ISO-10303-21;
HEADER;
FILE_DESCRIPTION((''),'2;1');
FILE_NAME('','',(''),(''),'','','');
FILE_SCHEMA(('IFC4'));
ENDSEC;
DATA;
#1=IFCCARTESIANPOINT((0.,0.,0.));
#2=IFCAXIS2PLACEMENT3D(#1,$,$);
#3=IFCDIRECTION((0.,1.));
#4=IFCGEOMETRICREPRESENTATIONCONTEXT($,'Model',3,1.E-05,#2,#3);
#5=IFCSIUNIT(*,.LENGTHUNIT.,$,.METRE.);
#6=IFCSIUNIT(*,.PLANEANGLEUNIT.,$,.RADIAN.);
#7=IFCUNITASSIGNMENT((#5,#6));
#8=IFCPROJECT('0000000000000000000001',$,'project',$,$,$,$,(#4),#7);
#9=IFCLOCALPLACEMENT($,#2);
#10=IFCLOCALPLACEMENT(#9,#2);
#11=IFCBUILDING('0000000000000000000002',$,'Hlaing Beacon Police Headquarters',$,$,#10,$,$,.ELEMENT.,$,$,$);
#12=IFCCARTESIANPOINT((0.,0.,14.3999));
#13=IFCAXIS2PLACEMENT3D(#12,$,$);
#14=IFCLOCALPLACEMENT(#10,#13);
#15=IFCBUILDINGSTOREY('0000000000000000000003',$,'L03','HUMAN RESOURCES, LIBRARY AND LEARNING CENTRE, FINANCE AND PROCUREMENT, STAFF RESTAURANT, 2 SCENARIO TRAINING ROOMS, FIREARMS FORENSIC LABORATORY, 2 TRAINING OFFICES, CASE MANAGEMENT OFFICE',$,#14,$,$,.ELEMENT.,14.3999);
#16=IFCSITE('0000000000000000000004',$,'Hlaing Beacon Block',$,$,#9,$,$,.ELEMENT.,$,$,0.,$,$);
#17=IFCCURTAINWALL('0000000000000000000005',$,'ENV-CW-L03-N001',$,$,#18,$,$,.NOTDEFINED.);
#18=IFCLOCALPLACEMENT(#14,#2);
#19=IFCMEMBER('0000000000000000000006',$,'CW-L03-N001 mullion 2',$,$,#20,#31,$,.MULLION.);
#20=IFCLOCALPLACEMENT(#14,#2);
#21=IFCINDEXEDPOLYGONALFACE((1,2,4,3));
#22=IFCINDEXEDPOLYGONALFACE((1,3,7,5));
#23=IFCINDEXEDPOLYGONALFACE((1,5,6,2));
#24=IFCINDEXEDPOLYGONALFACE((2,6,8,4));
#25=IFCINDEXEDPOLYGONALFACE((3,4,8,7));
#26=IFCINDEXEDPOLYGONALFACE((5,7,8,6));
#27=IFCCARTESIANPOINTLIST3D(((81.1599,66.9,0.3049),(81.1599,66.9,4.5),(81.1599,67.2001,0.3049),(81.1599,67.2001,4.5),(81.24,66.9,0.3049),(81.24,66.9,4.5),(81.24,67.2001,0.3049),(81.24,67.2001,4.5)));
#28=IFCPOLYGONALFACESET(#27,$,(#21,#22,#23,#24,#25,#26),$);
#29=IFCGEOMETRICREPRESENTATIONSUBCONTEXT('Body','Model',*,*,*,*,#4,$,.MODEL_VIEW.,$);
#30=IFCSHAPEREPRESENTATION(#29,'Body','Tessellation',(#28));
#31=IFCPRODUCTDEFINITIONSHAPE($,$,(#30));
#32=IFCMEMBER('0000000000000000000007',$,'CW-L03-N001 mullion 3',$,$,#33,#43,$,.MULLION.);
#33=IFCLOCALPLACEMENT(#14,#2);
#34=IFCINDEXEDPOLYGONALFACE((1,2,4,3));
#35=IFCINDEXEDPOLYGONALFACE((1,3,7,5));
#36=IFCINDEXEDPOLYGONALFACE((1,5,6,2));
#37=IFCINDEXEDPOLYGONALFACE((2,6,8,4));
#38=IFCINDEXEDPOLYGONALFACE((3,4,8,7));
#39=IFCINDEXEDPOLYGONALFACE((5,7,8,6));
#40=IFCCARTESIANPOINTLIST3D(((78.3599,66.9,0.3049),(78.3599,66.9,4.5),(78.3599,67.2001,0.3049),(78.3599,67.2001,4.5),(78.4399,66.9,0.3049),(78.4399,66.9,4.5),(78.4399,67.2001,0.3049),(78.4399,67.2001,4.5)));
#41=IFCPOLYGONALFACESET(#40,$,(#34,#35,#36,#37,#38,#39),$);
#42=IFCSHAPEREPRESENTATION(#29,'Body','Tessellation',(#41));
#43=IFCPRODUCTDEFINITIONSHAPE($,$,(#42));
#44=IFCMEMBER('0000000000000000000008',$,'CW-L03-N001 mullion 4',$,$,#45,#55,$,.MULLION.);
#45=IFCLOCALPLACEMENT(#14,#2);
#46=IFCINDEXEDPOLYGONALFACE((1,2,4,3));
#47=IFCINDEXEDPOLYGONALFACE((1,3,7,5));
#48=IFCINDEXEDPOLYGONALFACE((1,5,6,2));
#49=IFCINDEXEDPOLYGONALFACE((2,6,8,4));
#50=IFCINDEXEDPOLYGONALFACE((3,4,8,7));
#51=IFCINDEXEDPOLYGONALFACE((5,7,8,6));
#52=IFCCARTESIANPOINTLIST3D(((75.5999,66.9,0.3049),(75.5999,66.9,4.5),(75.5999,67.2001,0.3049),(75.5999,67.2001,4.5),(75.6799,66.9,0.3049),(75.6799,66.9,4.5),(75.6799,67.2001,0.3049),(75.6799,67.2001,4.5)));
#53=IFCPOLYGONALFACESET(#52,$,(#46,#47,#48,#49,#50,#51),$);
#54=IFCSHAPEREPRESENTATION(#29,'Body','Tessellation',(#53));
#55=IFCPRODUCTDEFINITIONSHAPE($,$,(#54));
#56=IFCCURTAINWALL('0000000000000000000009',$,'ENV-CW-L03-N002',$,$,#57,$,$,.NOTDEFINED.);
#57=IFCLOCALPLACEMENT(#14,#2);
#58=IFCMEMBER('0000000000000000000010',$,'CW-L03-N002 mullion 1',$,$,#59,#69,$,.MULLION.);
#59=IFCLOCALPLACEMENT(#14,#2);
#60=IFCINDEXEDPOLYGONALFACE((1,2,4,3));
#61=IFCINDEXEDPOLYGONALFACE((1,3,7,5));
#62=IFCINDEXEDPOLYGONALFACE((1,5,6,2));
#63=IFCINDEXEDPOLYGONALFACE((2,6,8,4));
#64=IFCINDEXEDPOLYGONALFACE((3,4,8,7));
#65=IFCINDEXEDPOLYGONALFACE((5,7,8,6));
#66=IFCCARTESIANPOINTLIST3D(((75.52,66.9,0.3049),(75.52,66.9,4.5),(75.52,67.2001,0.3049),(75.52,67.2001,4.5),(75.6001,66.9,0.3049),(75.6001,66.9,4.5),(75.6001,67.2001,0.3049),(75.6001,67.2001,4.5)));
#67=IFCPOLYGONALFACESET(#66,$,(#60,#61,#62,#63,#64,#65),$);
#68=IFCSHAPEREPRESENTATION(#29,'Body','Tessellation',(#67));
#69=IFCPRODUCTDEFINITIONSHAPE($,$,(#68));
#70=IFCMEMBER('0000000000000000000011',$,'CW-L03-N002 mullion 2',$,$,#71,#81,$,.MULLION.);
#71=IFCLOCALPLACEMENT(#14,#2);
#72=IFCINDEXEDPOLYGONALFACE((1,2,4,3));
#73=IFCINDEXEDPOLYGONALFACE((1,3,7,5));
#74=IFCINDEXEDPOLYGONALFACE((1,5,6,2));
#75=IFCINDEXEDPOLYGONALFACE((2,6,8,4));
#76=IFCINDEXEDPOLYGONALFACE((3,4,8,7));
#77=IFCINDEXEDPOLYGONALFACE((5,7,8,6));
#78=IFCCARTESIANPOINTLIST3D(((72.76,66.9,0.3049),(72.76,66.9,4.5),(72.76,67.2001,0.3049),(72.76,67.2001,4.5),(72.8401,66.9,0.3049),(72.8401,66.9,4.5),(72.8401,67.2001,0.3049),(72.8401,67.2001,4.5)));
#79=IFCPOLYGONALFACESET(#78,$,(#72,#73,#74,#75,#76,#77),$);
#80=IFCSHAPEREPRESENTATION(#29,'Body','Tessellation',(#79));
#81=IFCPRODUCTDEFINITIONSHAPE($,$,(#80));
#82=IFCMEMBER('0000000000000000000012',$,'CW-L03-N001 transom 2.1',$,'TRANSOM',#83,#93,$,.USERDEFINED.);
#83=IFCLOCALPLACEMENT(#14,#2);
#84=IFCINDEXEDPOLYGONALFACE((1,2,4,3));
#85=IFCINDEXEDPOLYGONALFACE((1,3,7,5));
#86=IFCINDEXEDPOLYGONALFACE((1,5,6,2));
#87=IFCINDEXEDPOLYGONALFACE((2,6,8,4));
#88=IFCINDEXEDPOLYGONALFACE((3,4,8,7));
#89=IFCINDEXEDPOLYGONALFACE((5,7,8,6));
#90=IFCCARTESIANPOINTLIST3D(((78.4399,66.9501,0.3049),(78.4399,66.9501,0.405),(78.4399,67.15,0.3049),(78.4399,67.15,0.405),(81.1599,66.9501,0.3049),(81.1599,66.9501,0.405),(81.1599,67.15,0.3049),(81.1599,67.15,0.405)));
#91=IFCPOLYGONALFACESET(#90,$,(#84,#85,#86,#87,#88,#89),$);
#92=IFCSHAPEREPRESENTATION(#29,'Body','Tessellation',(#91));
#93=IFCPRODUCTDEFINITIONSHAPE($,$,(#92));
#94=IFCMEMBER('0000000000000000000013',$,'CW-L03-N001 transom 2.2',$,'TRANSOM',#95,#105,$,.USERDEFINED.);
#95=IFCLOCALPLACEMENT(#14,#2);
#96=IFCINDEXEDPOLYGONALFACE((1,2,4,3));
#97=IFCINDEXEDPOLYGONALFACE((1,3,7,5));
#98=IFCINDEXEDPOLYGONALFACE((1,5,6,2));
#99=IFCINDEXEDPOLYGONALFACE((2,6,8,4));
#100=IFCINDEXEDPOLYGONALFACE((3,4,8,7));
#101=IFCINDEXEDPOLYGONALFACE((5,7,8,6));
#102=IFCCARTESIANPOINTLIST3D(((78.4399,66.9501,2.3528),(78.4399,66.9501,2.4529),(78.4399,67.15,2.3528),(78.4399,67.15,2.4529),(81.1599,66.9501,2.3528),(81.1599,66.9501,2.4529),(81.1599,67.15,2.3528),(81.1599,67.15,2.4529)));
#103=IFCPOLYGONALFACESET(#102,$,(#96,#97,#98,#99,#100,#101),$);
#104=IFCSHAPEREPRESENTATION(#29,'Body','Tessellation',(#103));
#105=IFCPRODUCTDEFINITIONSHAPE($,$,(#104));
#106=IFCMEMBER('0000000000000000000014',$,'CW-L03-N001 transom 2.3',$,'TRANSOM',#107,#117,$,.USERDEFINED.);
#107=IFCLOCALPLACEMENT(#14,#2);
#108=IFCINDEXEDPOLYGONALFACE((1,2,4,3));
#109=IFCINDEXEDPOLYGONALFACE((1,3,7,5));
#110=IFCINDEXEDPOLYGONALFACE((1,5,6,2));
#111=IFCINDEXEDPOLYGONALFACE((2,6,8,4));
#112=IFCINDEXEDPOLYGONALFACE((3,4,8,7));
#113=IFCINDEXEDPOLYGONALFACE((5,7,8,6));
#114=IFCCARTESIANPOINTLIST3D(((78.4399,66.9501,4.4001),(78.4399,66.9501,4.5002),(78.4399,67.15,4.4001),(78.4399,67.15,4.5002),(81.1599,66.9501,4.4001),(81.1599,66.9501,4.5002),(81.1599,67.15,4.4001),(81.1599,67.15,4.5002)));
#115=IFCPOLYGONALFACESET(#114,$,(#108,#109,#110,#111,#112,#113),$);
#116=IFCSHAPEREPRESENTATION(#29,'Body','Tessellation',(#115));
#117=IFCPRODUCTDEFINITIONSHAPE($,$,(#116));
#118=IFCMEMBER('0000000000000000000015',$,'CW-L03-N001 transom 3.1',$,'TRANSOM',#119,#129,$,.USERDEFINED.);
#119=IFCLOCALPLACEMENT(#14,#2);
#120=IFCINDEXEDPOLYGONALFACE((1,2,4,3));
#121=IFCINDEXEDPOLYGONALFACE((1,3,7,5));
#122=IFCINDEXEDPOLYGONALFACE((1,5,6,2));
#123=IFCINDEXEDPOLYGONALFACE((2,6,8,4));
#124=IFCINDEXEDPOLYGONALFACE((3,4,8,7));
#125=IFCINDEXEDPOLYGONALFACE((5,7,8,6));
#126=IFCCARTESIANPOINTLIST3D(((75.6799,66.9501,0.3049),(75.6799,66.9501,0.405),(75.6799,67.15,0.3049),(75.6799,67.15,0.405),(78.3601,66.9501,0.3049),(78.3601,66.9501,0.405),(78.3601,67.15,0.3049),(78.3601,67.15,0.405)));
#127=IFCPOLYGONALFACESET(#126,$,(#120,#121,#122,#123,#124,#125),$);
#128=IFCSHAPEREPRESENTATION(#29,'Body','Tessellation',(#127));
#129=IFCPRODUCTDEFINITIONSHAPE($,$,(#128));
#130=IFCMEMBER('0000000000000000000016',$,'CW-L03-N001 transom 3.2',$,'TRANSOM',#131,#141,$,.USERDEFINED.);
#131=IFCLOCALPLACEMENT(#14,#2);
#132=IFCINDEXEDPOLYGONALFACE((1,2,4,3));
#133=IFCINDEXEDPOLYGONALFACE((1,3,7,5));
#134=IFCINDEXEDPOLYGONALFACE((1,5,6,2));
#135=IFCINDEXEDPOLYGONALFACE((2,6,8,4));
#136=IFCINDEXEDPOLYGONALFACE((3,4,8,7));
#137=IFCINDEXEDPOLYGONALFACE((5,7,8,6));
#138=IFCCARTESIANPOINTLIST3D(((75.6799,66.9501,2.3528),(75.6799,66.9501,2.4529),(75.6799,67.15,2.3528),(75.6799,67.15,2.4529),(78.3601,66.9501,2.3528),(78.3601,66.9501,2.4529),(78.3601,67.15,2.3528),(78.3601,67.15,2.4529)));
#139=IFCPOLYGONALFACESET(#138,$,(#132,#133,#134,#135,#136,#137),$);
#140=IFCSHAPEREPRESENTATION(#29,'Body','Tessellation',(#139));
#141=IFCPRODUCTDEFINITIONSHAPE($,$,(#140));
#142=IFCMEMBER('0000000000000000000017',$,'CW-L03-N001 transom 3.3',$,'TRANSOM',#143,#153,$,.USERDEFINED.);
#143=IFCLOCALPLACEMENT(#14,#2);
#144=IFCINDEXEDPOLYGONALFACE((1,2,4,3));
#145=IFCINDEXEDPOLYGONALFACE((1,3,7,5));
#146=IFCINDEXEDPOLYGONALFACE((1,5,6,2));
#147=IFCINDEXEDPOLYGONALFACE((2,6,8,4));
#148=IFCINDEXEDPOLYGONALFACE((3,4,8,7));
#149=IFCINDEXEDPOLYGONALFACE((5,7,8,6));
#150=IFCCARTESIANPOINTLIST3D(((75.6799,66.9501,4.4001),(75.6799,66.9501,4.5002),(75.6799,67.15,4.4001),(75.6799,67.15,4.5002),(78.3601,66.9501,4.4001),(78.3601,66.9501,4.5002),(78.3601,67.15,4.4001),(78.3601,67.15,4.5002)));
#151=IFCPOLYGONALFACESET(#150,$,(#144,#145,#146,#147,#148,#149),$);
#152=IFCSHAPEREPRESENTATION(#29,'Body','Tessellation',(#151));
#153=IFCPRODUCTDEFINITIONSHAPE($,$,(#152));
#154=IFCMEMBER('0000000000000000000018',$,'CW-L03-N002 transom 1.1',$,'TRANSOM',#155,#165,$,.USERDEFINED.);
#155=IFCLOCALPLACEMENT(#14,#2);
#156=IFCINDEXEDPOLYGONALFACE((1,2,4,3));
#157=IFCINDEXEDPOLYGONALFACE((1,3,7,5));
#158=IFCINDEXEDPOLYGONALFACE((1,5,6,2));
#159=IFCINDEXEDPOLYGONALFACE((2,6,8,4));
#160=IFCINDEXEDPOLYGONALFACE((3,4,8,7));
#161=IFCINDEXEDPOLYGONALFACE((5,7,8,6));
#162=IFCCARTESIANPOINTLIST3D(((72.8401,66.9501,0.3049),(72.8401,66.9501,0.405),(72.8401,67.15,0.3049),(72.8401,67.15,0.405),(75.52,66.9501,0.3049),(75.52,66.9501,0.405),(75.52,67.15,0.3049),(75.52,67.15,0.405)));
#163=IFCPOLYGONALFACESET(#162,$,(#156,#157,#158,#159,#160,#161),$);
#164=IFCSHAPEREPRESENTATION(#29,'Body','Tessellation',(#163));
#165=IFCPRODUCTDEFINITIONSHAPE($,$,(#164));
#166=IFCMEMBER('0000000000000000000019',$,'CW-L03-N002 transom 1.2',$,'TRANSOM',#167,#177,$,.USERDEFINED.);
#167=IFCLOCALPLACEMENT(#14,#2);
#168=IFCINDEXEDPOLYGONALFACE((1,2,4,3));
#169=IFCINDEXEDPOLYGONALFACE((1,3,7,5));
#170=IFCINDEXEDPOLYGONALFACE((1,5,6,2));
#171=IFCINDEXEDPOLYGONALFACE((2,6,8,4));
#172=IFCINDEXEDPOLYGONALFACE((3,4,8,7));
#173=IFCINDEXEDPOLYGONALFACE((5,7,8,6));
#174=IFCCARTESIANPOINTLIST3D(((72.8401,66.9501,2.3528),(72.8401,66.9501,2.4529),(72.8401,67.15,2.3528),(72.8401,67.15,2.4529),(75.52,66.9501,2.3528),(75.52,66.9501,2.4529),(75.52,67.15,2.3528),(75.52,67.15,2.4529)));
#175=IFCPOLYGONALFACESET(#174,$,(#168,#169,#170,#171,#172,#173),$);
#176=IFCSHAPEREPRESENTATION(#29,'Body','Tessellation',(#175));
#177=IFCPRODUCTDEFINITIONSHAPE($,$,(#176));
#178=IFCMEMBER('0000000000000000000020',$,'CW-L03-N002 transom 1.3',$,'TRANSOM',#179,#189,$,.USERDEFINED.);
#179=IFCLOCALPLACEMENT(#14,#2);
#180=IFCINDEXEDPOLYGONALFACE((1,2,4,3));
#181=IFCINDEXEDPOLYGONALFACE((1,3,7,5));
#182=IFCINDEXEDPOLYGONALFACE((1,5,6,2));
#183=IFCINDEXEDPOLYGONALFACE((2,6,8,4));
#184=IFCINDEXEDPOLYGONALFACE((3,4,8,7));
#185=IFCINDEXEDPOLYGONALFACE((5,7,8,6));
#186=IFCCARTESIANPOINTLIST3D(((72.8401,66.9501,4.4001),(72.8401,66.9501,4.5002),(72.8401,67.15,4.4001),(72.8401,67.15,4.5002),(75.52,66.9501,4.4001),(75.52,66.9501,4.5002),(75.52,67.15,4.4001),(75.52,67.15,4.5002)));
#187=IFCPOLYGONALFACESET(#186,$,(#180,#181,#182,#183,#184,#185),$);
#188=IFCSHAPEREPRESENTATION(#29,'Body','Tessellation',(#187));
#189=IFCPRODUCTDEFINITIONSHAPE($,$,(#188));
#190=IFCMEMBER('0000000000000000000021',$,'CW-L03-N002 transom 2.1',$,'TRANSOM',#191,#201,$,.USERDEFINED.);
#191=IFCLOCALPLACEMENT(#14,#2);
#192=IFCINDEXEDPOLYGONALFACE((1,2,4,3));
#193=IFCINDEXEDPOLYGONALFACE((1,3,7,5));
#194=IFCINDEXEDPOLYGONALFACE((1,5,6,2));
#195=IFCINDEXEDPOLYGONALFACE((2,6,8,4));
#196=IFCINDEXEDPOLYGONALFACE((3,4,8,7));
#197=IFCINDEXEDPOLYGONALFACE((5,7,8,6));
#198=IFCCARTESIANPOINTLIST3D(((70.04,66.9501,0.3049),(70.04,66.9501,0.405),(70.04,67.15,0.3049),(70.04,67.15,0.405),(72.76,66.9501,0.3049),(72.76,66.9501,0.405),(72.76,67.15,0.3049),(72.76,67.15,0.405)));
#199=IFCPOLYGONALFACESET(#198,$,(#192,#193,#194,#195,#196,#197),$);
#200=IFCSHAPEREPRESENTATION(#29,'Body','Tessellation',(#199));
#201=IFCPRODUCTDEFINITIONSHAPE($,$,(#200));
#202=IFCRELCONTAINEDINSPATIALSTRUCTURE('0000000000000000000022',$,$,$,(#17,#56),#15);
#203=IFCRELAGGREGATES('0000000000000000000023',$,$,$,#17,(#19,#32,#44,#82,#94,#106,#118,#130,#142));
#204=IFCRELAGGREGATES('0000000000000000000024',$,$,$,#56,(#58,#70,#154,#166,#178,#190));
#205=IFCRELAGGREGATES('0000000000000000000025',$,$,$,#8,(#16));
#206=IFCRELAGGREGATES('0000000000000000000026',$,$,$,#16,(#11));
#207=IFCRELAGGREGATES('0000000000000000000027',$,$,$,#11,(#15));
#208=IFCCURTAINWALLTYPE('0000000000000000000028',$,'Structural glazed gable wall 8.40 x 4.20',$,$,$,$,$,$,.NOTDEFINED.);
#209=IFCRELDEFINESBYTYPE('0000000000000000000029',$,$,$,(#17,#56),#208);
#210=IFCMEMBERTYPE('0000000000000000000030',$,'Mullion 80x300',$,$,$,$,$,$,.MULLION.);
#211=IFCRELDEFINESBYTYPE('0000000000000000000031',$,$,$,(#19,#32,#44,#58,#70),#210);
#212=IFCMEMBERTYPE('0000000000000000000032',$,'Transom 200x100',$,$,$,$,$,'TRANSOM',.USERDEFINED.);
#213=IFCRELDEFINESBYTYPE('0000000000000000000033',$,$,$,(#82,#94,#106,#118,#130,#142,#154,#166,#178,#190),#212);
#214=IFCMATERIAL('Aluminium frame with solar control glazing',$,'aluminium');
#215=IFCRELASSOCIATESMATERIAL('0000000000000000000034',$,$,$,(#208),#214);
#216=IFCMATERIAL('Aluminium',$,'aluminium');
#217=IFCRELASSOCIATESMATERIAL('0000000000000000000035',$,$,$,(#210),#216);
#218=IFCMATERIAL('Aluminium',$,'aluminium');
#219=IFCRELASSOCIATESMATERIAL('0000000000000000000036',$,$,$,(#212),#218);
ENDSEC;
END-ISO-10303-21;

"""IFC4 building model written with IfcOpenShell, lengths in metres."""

from ifc_helpers import new_model, si_unit, direction, frame, origin, origin_2d, place, context, subcontext, project, spatial, rectangle, extrude, material, material_profile, profile_set, type_object, element, aggregate, save


model = new_model("IFC4")

# Units and contexts
model_context = context("Model", 3, precision=1e-05, world=origin(), true_north=direction((0.0, 1.0)))
body_context = subcontext(model_context, "Body", "Model", "MODEL_VIEW")
ifc_project = project(units=[si_unit("LENGTHUNIT", "METRE"), si_unit("PLANEANGLEUNIT", "RADIAN")], contexts=[model_context])

# Site, building, storey
site_placement = place(None, origin())
site = spatial("IfcSite", under=ifc_project, at=site_placement, Name="Hlaing Beacon Block", CompositionType="ELEMENT", RefElevation=0.0)
building_placement = place(site_placement, origin())
building = spatial("IfcBuilding", under=site, at=building_placement, Name="Hlaing Beacon Police Headquarters", CompositionType="ELEMENT")
storey_placement = place(building_placement, frame((0.0, 0.0, 14.3999)))
storey = spatial("IfcBuildingStorey", under=building, at=storey_placement, Name="L03", Description="HUMAN RESOURCES, LIBRARY AND LEARNING CENTRE, FINANCE AND PROCUREMENT, STAFF RESTAURANT, 2 SCENARIO TRAINING ROOMS, FIREARMS FORENSIC LABORATORY, 2 TRAINING OFFICES, CASE MANAGEMENT OFFICE", CompositionType="ELEMENT", Elevation=14.3999)

# Curtain walls, members
ifc_material_1 = material(Name="Aluminium frame with solar control glazing", Category="aluminium")
curtain_wall_type = type_object("IfcCurtainWallType", Name="Structural glazed gable wall 8.40 x 4.20", PredefinedType="NOTDEFINED", material=ifc_material_1)
curtain_wall_1_placement = place(storey_placement, origin())
curtain_wall_1 = element("IfcCurtainWall", 1, at=curtain_wall_1_placement, inside=storey, type_object=curtain_wall_type, Name="ENV-CW-L03-N001", PredefinedType="NOTDEFINED")
ifc_material_2 = material(Name="Aluminium", Category="aluminium")
ifc_material_profile_1 = material_profile(ifc_material_2, rectangle(XDim=0.3, YDim=0.0801, at=origin_2d()), Name="Mullion 80x300")
ifc_profile_set_1 = profile_set([ifc_material_profile_1], Name="Aluminium")
member_type_1 = type_object("IfcMemberType", Name="Mullion 80x300", PredefinedType="MULLION", material=ifc_profile_set_1)
member_1_placement = place(storey_placement, frame((81.2, 67.05, 0.3049), z_axis=(0.0, 0.0, 1.0), x_axis=(0.0, -1.0, 0.0)))
member_1 = element("IfcMember", 2, at=member_1_placement, type_object=member_type_1, Name="CW-L03-N001 mullion 2", PredefinedType="MULLION", context=body_context, shape_type="SweptSolid", body=[
    extrude(rectangle(XDim=0.3, YDim=0.0801, at=origin_2d()), origin(), (0.0, 0.0, 1.0), 4.1951),
])
member_2_placement = place(storey_placement, frame((78.3999, 67.05, 0.3049), z_axis=(0.0, 0.0, 1.0), x_axis=(0.0, -1.0, 0.0)))
member_2 = element("IfcMember", 3, at=member_2_placement, type_object=member_type_1, Name="CW-L03-N001 mullion 3", PredefinedType="MULLION", context=body_context, shape_type="SweptSolid", body=[
    extrude(rectangle(XDim=0.3, YDim=0.0801, at=origin_2d()), origin(), (0.0, 0.0, 1.0), 4.1951),
])
member_3_placement = place(storey_placement, frame((75.6399, 67.05, 0.3049), z_axis=(0.0, 0.0, 1.0), x_axis=(0.0, -1.0, 0.0)))
member_3 = element("IfcMember", 4, at=member_3_placement, type_object=member_type_1, Name="CW-L03-N001 mullion 4", PredefinedType="MULLION", context=body_context, shape_type="SweptSolid", body=[
    extrude(rectangle(XDim=0.3, YDim=0.0801, at=origin_2d()), origin(), (0.0, 0.0, 1.0), 4.1951),
])
curtain_wall_2_placement = place(storey_placement, origin())
curtain_wall_2 = element("IfcCurtainWall", 5, at=curtain_wall_2_placement, inside=storey, type_object=curtain_wall_type, Name="ENV-CW-L03-N002", PredefinedType="NOTDEFINED")
member_4_placement = place(storey_placement, frame((75.5601, 67.05, 0.3049), z_axis=(0.0, 0.0, 1.0), x_axis=(0.0, -1.0, 0.0)))
member_4 = element("IfcMember", 6, at=member_4_placement, type_object=member_type_1, Name="CW-L03-N002 mullion 1", PredefinedType="MULLION", context=body_context, shape_type="SweptSolid", body=[
    extrude(rectangle(XDim=0.3, YDim=0.0801, at=origin_2d()), origin(), (0.0, 0.0, 1.0), 4.1951),
])
member_5_placement = place(storey_placement, frame((72.8, 67.05, 0.3049), z_axis=(0.0, 0.0, 1.0), x_axis=(0.0, -1.0, 0.0)))
member_5 = element("IfcMember", 7, at=member_5_placement, type_object=member_type_1, Name="CW-L03-N002 mullion 2", PredefinedType="MULLION", context=body_context, shape_type="SweptSolid", body=[
    extrude(rectangle(XDim=0.3, YDim=0.0801, at=origin_2d()), origin(), (0.0, 0.0, 1.0), 4.1951),
])

# Members
ifc_material_3 = material(Name="Aluminium", Category="aluminium")
ifc_material_profile_2 = material_profile(ifc_material_3, rectangle(XDim=0.2, YDim=0.1001, at=origin_2d()), Name="Transom 200x100")
ifc_profile_set_2 = profile_set([ifc_material_profile_2], Name="Aluminium")
member_type_2 = type_object("IfcMemberType", Name="Transom 200x100", ElementType="TRANSOM", PredefinedType="USERDEFINED", material=ifc_profile_set_2)
member_6_placement = place(storey_placement, frame((81.1599, 67.05, 0.355), z_axis=(-1.0, 0.0, 0.0), x_axis=(0.0, -1.0, 0.0)))
member_6 = element("IfcMember", 8, at=member_6_placement, type_object=member_type_2, Name="CW-L03-N001 transom 2.1", ObjectType="TRANSOM", PredefinedType="USERDEFINED", context=body_context, shape_type="SweptSolid", body=[
    extrude(rectangle(XDim=0.2, YDim=0.1001, at=origin_2d()), origin(), (0.0, 0.0, 1.0), 2.72),
])
member_7_placement = place(storey_placement, frame((81.1599, 67.05, 2.4028), z_axis=(-1.0, 0.0, 0.0), x_axis=(0.0, -1.0, 0.0)))
member_7 = element("IfcMember", 9, at=member_7_placement, type_object=member_type_2, Name="CW-L03-N001 transom 2.2", ObjectType="TRANSOM", PredefinedType="USERDEFINED", context=body_context, shape_type="SweptSolid", body=[
    extrude(rectangle(XDim=0.2, YDim=0.1001, at=origin_2d()), origin(), (0.0, 0.0, 1.0), 2.72),
])
member_8_placement = place(storey_placement, frame((81.1599, 67.05, 4.4502), z_axis=(-1.0, 0.0, 0.0), x_axis=(0.0, -1.0, 0.0)))
member_8 = element("IfcMember", 10, at=member_8_placement, type_object=member_type_2, Name="CW-L03-N001 transom 2.3", ObjectType="TRANSOM", PredefinedType="USERDEFINED", context=body_context, shape_type="SweptSolid", body=[
    extrude(rectangle(XDim=0.2, YDim=0.1001, at=origin_2d()), origin(), (0.0, 0.0, 1.0), 2.72),
])
member_9_placement = place(storey_placement, frame((78.3601, 67.05, 0.355), z_axis=(-1.0, 0.0, 0.0), x_axis=(0.0, -1.0, 0.0)))
member_9 = element("IfcMember", 11, at=member_9_placement, type_object=member_type_2, Name="CW-L03-N001 transom 3.1", ObjectType="TRANSOM", PredefinedType="USERDEFINED", context=body_context, shape_type="SweptSolid", body=[
    extrude(rectangle(XDim=0.2, YDim=0.1001, at=origin_2d()), origin(), (0.0, 0.0, 1.0), 2.6802),
])
member_10_placement = place(storey_placement, frame((78.3601, 67.05, 2.4028), z_axis=(-1.0, 0.0, 0.0), x_axis=(0.0, -1.0, 0.0)))
member_10 = element("IfcMember", 12, at=member_10_placement, type_object=member_type_2, Name="CW-L03-N001 transom 3.2", ObjectType="TRANSOM", PredefinedType="USERDEFINED", context=body_context, shape_type="SweptSolid", body=[
    extrude(rectangle(XDim=0.2, YDim=0.1001, at=origin_2d()), origin(), (0.0, 0.0, 1.0), 2.6802),
])
member_11_placement = place(storey_placement, frame((78.3601, 67.05, 4.4502), z_axis=(-1.0, 0.0, 0.0), x_axis=(0.0, -1.0, 0.0)))
member_11 = element("IfcMember", 13, at=member_11_placement, type_object=member_type_2, Name="CW-L03-N001 transom 3.3", ObjectType="TRANSOM", PredefinedType="USERDEFINED", context=body_context, shape_type="SweptSolid", body=[
    extrude(rectangle(XDim=0.2, YDim=0.1001, at=origin_2d()), origin(), (0.0, 0.0, 1.0), 2.6802),
])
member_12_placement = place(storey_placement, frame((75.52, 67.05, 0.355), z_axis=(-1.0, 0.0, 0.0), x_axis=(0.0, -1.0, 0.0)))
member_12 = element("IfcMember", 14, at=member_12_placement, type_object=member_type_2, Name="CW-L03-N002 transom 1.1", ObjectType="TRANSOM", PredefinedType="USERDEFINED", context=body_context, shape_type="SweptSolid", body=[
    extrude(rectangle(XDim=0.2, YDim=0.1001, at=origin_2d()), origin(), (0.0, 0.0, 1.0), 2.6799),
])
member_13_placement = place(storey_placement, frame((75.52, 67.05, 2.4028), z_axis=(-1.0, 0.0, 0.0), x_axis=(0.0, -1.0, 0.0)))
member_13 = element("IfcMember", 15, at=member_13_placement, type_object=member_type_2, Name="CW-L03-N002 transom 1.2", ObjectType="TRANSOM", PredefinedType="USERDEFINED", context=body_context, shape_type="SweptSolid", body=[
    extrude(rectangle(XDim=0.2, YDim=0.1001, at=origin_2d()), origin(), (0.0, 0.0, 1.0), 2.6799),
])
member_14_placement = place(storey_placement, frame((75.52, 67.05, 4.4502), z_axis=(-1.0, 0.0, 0.0), x_axis=(0.0, -1.0, 0.0)))
member_14 = element("IfcMember", 16, at=member_14_placement, type_object=member_type_2, Name="CW-L03-N002 transom 1.3", ObjectType="TRANSOM", PredefinedType="USERDEFINED", context=body_context, shape_type="SweptSolid", body=[
    extrude(rectangle(XDim=0.2, YDim=0.1001, at=origin_2d()), origin(), (0.0, 0.0, 1.0), 2.6799),
])
member_15_placement = place(storey_placement, frame((72.76, 67.05, 0.355), z_axis=(-1.0, 0.0, 0.0), x_axis=(0.0, -1.0, 0.0)))
member_15 = element("IfcMember", 17, at=member_15_placement, type_object=member_type_2, Name="CW-L03-N002 transom 2.1", ObjectType="TRANSOM", PredefinedType="USERDEFINED", context=body_context, shape_type="SweptSolid", body=[
    extrude(rectangle(XDim=0.2, YDim=0.1001, at=origin_2d()), origin(), (0.0, 0.0, 1.0), 2.72),
])

aggregate(curtain_wall_1, [member_1, member_2, member_3, member_6, member_7, member_8, member_9, member_10, member_11])
aggregate(curtain_wall_2, [member_4, member_5, member_12, member_13, member_14, member_15])

save(model, "model.ifc")
